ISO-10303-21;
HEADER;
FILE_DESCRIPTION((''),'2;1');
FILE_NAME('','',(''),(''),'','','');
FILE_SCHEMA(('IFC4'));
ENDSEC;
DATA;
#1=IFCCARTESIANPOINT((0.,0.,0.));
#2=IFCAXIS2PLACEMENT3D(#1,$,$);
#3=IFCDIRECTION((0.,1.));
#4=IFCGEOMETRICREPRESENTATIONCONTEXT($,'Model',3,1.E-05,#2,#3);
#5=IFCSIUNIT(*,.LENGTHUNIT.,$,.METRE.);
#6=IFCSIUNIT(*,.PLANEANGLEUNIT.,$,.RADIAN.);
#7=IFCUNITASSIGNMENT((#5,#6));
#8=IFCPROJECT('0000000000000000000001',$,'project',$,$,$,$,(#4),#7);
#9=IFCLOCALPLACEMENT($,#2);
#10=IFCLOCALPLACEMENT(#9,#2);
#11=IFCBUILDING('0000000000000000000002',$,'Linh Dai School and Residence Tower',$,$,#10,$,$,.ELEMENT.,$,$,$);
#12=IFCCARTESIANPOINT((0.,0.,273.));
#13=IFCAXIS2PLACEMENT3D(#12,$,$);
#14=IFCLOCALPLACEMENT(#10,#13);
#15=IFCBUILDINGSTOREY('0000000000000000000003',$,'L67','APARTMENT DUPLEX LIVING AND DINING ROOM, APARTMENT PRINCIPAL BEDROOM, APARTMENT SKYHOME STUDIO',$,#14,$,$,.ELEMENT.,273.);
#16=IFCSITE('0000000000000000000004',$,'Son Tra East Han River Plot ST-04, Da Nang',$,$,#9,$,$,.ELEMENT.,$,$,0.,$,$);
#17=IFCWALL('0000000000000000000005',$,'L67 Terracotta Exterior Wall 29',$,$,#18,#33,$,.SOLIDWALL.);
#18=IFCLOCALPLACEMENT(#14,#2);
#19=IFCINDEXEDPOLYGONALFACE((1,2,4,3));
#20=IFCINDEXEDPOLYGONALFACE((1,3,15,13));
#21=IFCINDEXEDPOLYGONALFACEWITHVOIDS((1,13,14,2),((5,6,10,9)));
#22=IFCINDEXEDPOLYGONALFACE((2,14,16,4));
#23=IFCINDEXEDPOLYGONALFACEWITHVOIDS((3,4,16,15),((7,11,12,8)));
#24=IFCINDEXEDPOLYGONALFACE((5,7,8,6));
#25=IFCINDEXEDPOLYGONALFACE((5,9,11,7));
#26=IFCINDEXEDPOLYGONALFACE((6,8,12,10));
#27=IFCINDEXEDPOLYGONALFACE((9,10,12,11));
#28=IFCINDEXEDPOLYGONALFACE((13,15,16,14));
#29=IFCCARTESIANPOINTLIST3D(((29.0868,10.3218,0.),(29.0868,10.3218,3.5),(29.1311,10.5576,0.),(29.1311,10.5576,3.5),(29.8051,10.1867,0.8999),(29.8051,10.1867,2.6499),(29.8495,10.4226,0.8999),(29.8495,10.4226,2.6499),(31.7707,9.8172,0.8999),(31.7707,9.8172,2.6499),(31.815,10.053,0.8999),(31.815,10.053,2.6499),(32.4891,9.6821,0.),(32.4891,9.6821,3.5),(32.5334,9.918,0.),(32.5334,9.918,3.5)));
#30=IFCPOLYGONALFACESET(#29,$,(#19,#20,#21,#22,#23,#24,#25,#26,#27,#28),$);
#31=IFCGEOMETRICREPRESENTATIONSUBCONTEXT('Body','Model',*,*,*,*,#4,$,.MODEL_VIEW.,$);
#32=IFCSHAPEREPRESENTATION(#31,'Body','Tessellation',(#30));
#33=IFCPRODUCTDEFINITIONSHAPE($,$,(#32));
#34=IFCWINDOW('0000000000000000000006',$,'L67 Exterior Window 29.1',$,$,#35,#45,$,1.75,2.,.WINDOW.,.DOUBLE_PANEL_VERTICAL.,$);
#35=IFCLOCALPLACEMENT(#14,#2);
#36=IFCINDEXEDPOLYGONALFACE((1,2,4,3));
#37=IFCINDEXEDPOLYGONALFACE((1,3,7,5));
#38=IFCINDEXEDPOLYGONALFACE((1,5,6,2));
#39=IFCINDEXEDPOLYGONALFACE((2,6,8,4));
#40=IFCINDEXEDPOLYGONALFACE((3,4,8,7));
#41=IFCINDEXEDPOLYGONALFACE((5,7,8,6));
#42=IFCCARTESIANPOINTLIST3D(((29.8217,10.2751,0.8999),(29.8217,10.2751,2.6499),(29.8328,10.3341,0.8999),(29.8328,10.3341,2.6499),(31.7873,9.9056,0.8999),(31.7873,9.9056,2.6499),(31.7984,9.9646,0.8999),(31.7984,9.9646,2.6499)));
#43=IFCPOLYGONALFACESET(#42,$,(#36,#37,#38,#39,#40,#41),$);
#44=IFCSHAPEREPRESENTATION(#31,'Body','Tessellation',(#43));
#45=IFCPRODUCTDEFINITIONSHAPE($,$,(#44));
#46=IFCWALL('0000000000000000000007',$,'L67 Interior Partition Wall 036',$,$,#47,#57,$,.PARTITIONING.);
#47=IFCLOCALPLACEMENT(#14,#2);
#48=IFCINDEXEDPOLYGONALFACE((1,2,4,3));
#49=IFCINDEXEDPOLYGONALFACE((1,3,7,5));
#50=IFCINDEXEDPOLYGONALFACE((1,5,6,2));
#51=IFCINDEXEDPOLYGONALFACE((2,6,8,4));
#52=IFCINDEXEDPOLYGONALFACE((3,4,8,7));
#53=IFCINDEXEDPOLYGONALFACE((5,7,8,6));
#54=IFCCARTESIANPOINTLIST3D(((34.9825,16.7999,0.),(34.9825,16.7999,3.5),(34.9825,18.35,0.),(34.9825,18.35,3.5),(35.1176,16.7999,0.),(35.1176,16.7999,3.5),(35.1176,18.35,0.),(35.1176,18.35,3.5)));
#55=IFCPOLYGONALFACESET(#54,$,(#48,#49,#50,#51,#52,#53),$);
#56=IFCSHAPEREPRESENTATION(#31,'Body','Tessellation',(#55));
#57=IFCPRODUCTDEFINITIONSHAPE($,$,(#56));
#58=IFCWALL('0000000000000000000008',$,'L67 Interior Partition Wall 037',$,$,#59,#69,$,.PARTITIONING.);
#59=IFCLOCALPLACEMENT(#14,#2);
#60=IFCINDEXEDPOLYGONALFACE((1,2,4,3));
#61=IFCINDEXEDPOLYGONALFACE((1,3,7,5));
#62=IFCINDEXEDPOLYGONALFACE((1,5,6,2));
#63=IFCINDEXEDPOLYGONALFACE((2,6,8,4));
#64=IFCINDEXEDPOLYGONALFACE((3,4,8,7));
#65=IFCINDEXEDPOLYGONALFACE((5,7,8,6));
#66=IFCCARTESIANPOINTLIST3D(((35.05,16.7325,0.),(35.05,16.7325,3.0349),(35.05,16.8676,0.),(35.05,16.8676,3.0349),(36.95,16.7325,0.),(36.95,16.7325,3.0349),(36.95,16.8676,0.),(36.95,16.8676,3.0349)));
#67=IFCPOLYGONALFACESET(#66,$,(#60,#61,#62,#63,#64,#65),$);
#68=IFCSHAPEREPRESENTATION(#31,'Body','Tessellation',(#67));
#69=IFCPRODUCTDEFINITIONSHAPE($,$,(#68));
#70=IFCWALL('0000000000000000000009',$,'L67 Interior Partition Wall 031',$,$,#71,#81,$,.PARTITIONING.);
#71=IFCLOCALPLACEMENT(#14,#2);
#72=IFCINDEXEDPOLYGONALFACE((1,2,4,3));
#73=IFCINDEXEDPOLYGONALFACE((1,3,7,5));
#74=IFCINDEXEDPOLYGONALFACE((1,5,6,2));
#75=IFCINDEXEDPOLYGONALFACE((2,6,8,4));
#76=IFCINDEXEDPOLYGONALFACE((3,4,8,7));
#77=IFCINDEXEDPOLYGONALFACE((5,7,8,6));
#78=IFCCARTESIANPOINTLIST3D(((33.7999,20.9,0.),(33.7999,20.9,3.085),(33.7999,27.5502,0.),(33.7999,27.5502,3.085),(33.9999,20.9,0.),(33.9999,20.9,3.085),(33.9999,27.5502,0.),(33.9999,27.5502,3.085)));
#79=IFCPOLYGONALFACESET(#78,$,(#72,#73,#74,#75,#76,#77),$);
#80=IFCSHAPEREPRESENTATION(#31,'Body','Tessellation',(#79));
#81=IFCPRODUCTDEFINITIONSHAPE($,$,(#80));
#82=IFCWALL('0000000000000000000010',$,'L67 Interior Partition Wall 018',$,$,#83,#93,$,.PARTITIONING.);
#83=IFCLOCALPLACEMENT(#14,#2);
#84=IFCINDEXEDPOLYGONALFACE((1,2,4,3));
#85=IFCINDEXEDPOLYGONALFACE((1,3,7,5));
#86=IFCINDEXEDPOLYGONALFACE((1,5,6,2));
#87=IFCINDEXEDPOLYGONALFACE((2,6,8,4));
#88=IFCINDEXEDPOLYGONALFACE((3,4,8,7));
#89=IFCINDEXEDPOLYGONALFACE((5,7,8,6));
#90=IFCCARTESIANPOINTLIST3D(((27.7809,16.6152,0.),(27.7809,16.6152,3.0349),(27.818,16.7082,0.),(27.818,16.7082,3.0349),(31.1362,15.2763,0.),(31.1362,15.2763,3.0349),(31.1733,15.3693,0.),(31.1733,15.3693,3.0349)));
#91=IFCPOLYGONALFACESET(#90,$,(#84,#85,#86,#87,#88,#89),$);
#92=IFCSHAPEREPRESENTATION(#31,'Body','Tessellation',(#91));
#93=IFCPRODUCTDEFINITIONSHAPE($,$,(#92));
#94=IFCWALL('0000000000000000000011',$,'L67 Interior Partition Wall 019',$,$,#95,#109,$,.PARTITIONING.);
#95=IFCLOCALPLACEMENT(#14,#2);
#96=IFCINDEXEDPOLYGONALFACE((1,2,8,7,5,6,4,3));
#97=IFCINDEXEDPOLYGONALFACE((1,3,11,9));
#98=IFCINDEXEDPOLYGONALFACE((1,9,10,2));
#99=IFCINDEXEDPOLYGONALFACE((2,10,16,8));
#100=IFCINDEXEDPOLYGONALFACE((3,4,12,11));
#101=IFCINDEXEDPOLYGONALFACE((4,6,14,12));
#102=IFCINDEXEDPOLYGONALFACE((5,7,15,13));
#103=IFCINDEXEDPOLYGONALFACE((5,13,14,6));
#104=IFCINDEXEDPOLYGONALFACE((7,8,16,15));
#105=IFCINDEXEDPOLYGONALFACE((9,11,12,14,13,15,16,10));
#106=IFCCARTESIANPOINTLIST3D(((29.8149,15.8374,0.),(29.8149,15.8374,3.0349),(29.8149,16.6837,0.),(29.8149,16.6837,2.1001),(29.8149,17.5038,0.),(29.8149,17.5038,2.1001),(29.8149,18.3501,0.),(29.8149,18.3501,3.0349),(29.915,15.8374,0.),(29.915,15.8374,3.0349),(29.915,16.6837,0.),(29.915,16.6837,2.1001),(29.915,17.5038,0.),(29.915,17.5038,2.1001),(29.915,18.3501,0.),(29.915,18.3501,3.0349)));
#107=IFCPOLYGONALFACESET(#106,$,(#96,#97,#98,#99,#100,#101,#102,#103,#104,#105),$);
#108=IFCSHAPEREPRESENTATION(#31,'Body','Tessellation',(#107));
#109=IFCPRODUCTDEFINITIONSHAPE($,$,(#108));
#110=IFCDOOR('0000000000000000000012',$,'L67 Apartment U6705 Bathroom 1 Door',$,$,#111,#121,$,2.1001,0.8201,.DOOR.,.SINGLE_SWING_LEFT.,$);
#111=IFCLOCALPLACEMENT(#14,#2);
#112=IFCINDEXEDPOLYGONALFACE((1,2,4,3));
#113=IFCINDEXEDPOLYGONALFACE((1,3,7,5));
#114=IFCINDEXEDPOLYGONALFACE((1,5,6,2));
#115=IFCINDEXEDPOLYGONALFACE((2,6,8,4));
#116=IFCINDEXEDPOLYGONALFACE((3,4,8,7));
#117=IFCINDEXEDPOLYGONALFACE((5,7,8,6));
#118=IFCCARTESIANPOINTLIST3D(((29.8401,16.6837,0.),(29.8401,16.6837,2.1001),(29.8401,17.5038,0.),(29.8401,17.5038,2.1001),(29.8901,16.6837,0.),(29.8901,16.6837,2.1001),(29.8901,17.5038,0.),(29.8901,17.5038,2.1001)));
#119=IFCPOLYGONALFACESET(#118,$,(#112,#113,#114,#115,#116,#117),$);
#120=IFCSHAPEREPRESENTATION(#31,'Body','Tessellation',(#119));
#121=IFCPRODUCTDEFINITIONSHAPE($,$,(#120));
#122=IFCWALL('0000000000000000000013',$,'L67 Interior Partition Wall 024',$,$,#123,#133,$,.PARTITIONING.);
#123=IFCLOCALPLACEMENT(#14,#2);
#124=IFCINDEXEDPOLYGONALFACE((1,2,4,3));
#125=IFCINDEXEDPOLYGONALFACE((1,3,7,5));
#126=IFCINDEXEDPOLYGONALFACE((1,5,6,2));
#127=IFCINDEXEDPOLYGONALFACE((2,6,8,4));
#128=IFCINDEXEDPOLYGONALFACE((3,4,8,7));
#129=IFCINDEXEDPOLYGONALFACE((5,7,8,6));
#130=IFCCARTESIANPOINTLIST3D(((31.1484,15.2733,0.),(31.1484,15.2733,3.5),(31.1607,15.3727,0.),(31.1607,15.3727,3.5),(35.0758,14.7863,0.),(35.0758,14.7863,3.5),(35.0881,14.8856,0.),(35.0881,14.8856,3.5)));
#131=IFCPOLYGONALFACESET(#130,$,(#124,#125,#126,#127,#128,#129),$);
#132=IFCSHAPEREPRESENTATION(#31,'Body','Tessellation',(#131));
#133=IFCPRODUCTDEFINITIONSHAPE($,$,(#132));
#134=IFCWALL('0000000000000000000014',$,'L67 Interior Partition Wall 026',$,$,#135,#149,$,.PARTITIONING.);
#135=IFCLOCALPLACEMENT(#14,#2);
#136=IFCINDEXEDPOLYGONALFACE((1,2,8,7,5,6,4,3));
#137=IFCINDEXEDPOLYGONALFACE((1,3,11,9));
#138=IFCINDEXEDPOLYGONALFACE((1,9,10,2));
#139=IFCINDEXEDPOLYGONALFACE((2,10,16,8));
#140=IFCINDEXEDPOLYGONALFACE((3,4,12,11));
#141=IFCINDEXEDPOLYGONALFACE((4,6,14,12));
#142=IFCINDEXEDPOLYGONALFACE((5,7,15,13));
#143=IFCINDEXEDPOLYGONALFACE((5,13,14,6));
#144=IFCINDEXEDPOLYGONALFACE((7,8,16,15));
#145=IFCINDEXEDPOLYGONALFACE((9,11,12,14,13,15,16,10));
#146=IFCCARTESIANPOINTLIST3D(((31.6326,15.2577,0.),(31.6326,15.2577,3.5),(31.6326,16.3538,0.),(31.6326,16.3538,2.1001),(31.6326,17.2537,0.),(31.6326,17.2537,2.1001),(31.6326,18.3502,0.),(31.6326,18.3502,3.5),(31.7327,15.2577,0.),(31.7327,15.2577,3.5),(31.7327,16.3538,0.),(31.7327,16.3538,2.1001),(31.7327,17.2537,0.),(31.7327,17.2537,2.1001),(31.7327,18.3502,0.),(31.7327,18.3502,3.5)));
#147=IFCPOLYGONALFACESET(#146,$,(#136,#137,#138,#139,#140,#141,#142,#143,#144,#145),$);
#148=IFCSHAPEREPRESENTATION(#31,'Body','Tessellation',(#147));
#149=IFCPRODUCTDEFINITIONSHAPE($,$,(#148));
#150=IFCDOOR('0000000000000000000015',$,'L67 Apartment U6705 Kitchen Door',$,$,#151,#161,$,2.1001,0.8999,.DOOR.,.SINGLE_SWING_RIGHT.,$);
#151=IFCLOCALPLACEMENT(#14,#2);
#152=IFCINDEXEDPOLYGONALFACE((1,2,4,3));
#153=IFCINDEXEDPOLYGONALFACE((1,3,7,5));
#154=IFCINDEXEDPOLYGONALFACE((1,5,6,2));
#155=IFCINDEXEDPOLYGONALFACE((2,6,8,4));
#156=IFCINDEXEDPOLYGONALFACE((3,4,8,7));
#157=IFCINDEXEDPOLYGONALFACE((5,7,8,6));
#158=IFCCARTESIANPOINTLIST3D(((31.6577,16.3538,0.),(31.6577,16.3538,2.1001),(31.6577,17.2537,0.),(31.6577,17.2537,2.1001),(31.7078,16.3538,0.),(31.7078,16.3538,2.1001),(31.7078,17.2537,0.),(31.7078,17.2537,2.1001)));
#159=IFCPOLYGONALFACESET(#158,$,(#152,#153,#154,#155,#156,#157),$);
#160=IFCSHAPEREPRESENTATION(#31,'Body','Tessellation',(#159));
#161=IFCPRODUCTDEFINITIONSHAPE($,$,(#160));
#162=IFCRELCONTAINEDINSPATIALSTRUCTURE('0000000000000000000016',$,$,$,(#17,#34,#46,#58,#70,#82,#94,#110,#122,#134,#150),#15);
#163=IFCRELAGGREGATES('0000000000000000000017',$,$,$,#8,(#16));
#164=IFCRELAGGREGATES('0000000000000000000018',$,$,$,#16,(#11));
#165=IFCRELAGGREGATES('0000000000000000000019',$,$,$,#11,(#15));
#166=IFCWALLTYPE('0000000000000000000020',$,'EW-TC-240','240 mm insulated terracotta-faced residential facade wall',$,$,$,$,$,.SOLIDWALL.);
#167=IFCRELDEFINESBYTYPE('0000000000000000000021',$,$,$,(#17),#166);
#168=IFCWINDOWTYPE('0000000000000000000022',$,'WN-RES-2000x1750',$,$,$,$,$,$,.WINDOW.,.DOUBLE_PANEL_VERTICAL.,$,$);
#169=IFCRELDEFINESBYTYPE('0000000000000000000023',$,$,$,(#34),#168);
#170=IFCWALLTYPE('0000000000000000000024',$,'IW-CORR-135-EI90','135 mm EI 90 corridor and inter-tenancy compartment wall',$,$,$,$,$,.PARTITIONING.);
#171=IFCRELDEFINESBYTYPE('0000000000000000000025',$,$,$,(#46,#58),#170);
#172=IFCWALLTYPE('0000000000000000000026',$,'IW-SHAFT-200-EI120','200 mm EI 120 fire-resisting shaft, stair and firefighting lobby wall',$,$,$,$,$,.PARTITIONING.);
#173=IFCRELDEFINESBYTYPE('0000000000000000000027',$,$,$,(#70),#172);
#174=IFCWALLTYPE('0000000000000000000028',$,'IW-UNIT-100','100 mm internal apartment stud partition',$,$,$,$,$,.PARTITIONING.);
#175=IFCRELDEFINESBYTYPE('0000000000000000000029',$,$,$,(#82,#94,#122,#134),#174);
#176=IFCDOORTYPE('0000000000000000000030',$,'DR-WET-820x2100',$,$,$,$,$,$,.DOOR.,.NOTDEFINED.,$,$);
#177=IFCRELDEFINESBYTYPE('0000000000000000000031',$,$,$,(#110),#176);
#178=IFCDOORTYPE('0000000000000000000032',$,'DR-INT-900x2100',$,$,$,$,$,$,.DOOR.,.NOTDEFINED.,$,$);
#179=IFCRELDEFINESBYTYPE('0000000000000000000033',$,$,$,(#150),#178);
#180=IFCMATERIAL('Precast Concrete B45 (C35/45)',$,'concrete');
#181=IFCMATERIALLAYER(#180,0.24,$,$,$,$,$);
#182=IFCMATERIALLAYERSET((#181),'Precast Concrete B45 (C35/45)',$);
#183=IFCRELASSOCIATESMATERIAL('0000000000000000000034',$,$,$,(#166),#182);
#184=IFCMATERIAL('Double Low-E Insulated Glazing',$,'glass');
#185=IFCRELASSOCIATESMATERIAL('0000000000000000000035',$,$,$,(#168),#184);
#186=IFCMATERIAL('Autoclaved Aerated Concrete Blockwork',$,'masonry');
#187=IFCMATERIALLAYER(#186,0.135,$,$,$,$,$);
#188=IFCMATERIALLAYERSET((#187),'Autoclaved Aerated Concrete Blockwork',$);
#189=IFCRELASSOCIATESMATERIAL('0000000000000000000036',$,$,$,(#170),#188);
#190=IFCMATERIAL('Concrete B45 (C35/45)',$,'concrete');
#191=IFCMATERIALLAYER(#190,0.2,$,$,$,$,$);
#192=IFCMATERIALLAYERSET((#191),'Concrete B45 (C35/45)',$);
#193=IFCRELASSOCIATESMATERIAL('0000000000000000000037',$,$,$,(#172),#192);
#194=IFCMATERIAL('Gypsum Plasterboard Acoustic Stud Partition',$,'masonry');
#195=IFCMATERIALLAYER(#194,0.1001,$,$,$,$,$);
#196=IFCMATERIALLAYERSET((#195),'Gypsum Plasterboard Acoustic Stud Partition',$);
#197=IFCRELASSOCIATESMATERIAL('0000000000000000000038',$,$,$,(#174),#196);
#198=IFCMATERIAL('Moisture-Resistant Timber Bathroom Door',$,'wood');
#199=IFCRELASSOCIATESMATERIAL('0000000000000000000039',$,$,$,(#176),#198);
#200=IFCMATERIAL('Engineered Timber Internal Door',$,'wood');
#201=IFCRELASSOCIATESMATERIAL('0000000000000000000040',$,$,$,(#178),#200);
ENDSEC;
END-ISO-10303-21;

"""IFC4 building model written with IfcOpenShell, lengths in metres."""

from ifc_helpers import new_model, si_unit, direction, frame, frame_2d, origin, origin_2d, place, context, subcontext, project, spatial, rectangle, extrude, source, transform, mapped, material, layer, layer_set, type_object, element, fill, save


model = new_model("IFC4")

# Units and contexts
model_context = context("Model", 3, precision=1e-05, world=origin(), true_north=direction((0.0, 1.0)))
body_context = subcontext(model_context, "Body", "Model", "MODEL_VIEW")
ifc_project = project(units=[si_unit("LENGTHUNIT", "METRE"), si_unit("PLANEANGLEUNIT", "RADIAN")], contexts=[model_context])

# Site, building, storey
site_placement = place(None, origin())
site = spatial("IfcSite", under=ifc_project, at=site_placement, Name="Son Tra East Han River Plot ST-04, Da Nang", CompositionType="ELEMENT", RefElevation=0.0)
building_placement = place(site_placement, origin())
building = spatial("IfcBuilding", under=site, at=building_placement, Name="Linh Dai School and Residence Tower", CompositionType="ELEMENT")
storey_placement = place(building_placement, frame((0.0, 0.0, 273.0)))
storey = spatial("IfcBuildingStorey", under=building, at=storey_placement, Name="L67", Description="APARTMENT DUPLEX LIVING AND DINING ROOM, APARTMENT PRINCIPAL BEDROOM, APARTMENT SKYHOME STUDIO", CompositionType="ELEMENT", Elevation=273.0)

# Shared definitions
ifc_material_1 = material(Name="Precast Concrete B45 (C35/45)", Category="concrete")

# Wall, opening, window
ifc_layer_1 = layer(ifc_material_1, 0.24)
ifc_layer_set_1 = layer_set([ifc_layer_1], Name="Precast Concrete B45 (C35/45)")
wall_type_1 = type_object("IfcWallType", Name="EW-TC-240", Description="240 mm insulated terracotta-faced residential facade wall", PredefinedType="SOLIDWALL", material=ifc_layer_set_1)
ifc_material_2 = material(Name="Double Low-E Insulated Glazing", Category="glass")
wall_1_placement = place(storey_placement, frame((32.5112, 9.8, 0.0), z_axis=(0.0, 0.0, 1.0), x_axis=(-0.982783, 0.184765, 0.0)))
wall_1 = element("IfcWall", 1, at=wall_1_placement, inside=storey, type_object=wall_type_1, Name="L67 Terracotta Exterior Wall 29", PredefinedType="SOLIDWALL", context=body_context, shape_type="SweptSolid", body=[
    extrude(rectangle(XDim=3.4619, YDim=0.24, at=frame_2d((1.731, 0.0))), origin(), (0.0, 0.0, 1.0), 3.5),
])
opening_1_placement = place(wall_1_placement, frame((0.731, 0.0, 0.8999)))
opening_1 = element("IfcOpeningElement", 2, at=opening_1_placement, cuts=wall_1, PredefinedType="OPENING", context=body_context, shape_type="SweptSolid", body=[
    extrude(rectangle(XDim=2.0, YDim=1.75, at=origin_2d()), frame((1.0, 0.1299, 0.875), z_axis=(0.0, -1.0, 0.0), x_axis=(1.0, 0.0, 0.0)), (0.0, 0.0, 1.0), 0.26),
])
window_type_1 = type_object("IfcWindowType", Name="WN-RES-2000x1750", PartitioningType="DOUBLE_PANEL_VERTICAL", PredefinedType="WINDOW", material=ifc_material_2)
shared_shape_1 = source(origin(), body_context, "Body", "SweptSolid", [
    extrude(rectangle(XDim=2.0, YDim=1.75, at=origin_2d()), frame((1.0, 0.03, 0.875), z_axis=(0.0, -1.0, 0.0), x_axis=(1.0, 0.0, 0.0)), (0.0, 0.0, 1.0), 0.0601),
])
window_1_placement = place(opening_1_placement, origin())
window_1 = element("IfcWindow", 3, at=window_1_placement, inside=storey, type_object=window_type_1, Name="L67 Exterior Window 29.1", OverallHeight=1.75, OverallWidth=2.0, PartitioningType="DOUBLE_PANEL_VERTICAL", PredefinedType="WINDOW", context=body_context, shape_type="MappedRepresentation", body=[
    mapped(shared_shape_1, transform((0.0, 0.0, 0.0), x_axis=(1.0, 0.0, 0.0), y_axis=(0.0, 1.0, 0.0), z_axis=(0.0, 0.0, 1.0), scale=1.0)),
])
fill(opening_1, window_1)

# Walls
ifc_material_3 = material(Name="Autoclaved Aerated Concrete Blockwork", Category="masonry")
ifc_layer_2 = layer(ifc_material_3, 0.135)
ifc_layer_set_2 = layer_set([ifc_layer_2], Name="Autoclaved Aerated Concrete Blockwork")
wall_type_2 = type_object("IfcWallType", Name="IW-CORR-135-EI90", Description="135 mm EI 90 corridor and inter-tenancy compartment wall", PredefinedType="PARTITIONING", material=ifc_layer_set_2)
wall_2_placement = place(storey_placement, frame((35.05, 16.8, 0.0), z_axis=(0.0, 0.0, 1.0), x_axis=(0.0, 1.0, 0.0)))
element("IfcWall", 4, at=wall_2_placement, inside=storey, type_object=wall_type_2, Name="L67 Interior Partition Wall 036", PredefinedType="PARTITIONING", context=body_context, shape_type="SweptSolid", body=[
    extrude(rectangle(XDim=1.55, YDim=0.135, at=frame_2d((0.7749, 0.0))), origin(), (0.0, 0.0, 1.0), 3.5),
])
wall_3_placement = place(storey_placement, frame((35.05, 16.8, 0.0), z_axis=(0.0, 0.0, 1.0), x_axis=(1.0, 0.0, 0.0)))
element("IfcWall", 5, at=wall_3_placement, inside=storey, type_object=wall_type_2, Name="L67 Interior Partition Wall 037", PredefinedType="PARTITIONING", context=body_context, shape_type="SweptSolid", body=[
    extrude(rectangle(XDim=1.8999, YDim=0.135, at=frame_2d((0.95, 0.0))), origin(), (0.0, 0.0, 1.0), 3.0349),
])

# Walls
ifc_material_4 = material(Name="Concrete B45 (C35/45)", Category="concrete")
ifc_layer_3 = layer(ifc_material_4, 0.2)
ifc_layer_set_3 = layer_set([ifc_layer_3], Name="Concrete B45 (C35/45)")
wall_type_3 = type_object("IfcWallType", Name="IW-SHAFT-200-EI120", Description="200 mm EI 120 fire-resisting shaft, stair and firefighting lobby wall", PredefinedType="PARTITIONING", material=ifc_layer_set_3)
wall_4_placement = place(storey_placement, frame((33.8999, 20.8999, 0.0), z_axis=(0.0, 0.0, 1.0), x_axis=(0.0, 1.0, 0.0)))
element("IfcWall", 6, at=wall_4_placement, inside=storey, type_object=wall_type_3, Name="L67 Interior Partition Wall 031", PredefinedType="PARTITIONING", context=body_context, shape_type="SweptSolid", body=[
    extrude(rectangle(XDim=6.6501, YDim=0.2, at=frame_2d((3.3252, 0.0))), origin(), (0.0, 0.0, 1.0), 3.085),
])
ifc_material_5 = material(Name="Gypsum Plasterboard Acoustic Stud Partition", Category="masonry")
ifc_layer_4 = layer(ifc_material_5, 0.1001)
ifc_layer_set_4 = layer_set([ifc_layer_4], Name="Gypsum Plasterboard Acoustic Stud Partition")
wall_type_4 = type_object("IfcWallType", Name="IW-UNIT-100", Description="100 mm internal apartment stud partition", PredefinedType="PARTITIONING", material=ifc_layer_set_4)
wall_5_placement = place(storey_placement, frame((27.7996, 16.6616, 0.0), z_axis=(0.0, 0.0, 1.0), x_axis=(0.928784, -0.370622, 0.0)))
element("IfcWall", 7, at=wall_5_placement, inside=storey, type_object=wall_type_4, Name="L67 Interior Partition Wall 018", PredefinedType="PARTITIONING", context=body_context, shape_type="SweptSolid", body=[
    extrude(rectangle(XDim=3.6125, YDim=0.1001, at=frame_2d((1.8062, 0.0))), origin(), (0.0, 0.0, 1.0), 3.0349),
])

# Wall, opening, door
wall_6_placement = place(storey_placement, frame((29.865, 15.8374, 0.0), z_axis=(0.0, 0.0, 1.0), x_axis=(0.0, 1.0, 0.0)))
wall_6 = element("IfcWall", 8, at=wall_6_placement, inside=storey, type_object=wall_type_4, Name="L67 Interior Partition Wall 019", PredefinedType="PARTITIONING", context=body_context, shape_type="SweptSolid", body=[
    extrude(rectangle(XDim=2.5127, YDim=0.1001, at=frame_2d((1.2563, 0.0))), origin(), (0.0, 0.0, 1.0), 3.0349),
])
opening_2_placement = place(wall_6_placement, frame((0.8462, 0.0, 0.0)))
opening_2 = element("IfcOpeningElement", 9, at=opening_2_placement, cuts=wall_6, PredefinedType="OPENING", context=body_context, shape_type="SweptSolid", body=[
    extrude(rectangle(XDim=0.8201, YDim=2.1001, at=origin_2d()), frame((0.4102, 0.0601, 1.05), z_axis=(0.0, -1.0, 0.0), x_axis=(1.0, 0.0, 0.0)), (0.0, 0.0, 1.0), 0.1201),
])
ifc_material_6 = material(Name="Moisture-Resistant Timber Bathroom Door", Category="wood")
door_type_1 = type_object("IfcDoorType", Name="DR-WET-820x2100", OperationType="NOTDEFINED", PredefinedType="DOOR", material=ifc_material_6)
shared_shape_2 = source(origin(), body_context, "Body", "SweptSolid", [
    extrude(rectangle(XDim=0.8201, YDim=2.1001, at=origin_2d()), frame((0.4102, 0.0249, 1.05), z_axis=(0.0, -1.0, 0.0), x_axis=(1.0, 0.0, 0.0)), (0.0, 0.0, 1.0), 0.05),
])
door_1_placement = place(opening_2_placement, origin())
door_1 = element("IfcDoor", 10, at=door_1_placement, inside=storey, type_object=door_type_1, Name="L67 Apartment U6705 Bathroom 1 Door", OperationType="SINGLE_SWING_LEFT", OverallHeight=2.1001, OverallWidth=0.8201, PredefinedType="DOOR", context=body_context, shape_type="MappedRepresentation", body=[
    mapped(shared_shape_2, transform((0.0, 0.0, 0.0), x_axis=(1.0, 0.0, 0.0), y_axis=(0.0, 1.0, 0.0), z_axis=(0.0, 0.0, 1.0), scale=1.0)),
])
fill(opening_2, door_1)

# Wall
wall_7_placement = place(storey_placement, frame((31.1545, 15.323, 0.0), z_axis=(0.0, 0.0, 1.0), x_axis=(0.992398, -0.12307, 0.0)))
element("IfcWall", 11, at=wall_7_placement, inside=storey, type_object=wall_type_4, Name="L67 Interior Partition Wall 024", PredefinedType="PARTITIONING", context=body_context, shape_type="SweptSolid", body=[
    extrude(rectangle(XDim=3.9575, YDim=0.1001, at=frame_2d((1.9788, 0.0))), origin(), (0.0, 0.0, 1.0), 3.5),
])

# Wall, opening, door
wall_8_placement = place(storey_placement, frame((31.6826, 15.2576, 0.0), z_axis=(0.0, 0.0, 1.0), x_axis=(0.0, 1.0, 0.0)))
wall_8 = element("IfcWall", 12, at=wall_8_placement, inside=storey, type_object=wall_type_4, Name="L67 Interior Partition Wall 026", PredefinedType="PARTITIONING", context=body_context, shape_type="SweptSolid", body=[
    extrude(rectangle(XDim=3.0925, YDim=0.1001, at=frame_2d((1.5464, 0.0))), origin(), (0.0, 0.0, 1.0), 3.5),
])
opening_3_placement = place(wall_8_placement, frame((1.0962, 0.0, 0.0)))
opening_3 = element("IfcOpeningElement", 13, at=opening_3_placement, cuts=wall_8, PredefinedType="OPENING", context=body_context, shape_type="SweptSolid", body=[
    extrude(rectangle(XDim=0.8999, YDim=2.1001, at=origin_2d()), frame((0.45, 0.0601, 1.05), z_axis=(0.0, -1.0, 0.0), x_axis=(1.0, 0.0, 0.0)), (0.0, 0.0, 1.0), 0.1201),
])
ifc_material_7 = material(Name="Engineered Timber Internal Door", Category="wood")
door_type_2 = type_object("IfcDoorType", Name="DR-INT-900x2100", OperationType="NOTDEFINED", PredefinedType="DOOR", material=ifc_material_7)
shared_shape_3 = source(origin(), body_context, "Body", "SweptSolid", [
    extrude(rectangle(XDim=0.8999, YDim=2.1001, at=origin_2d()), frame((0.45, 0.0249, 1.05), z_axis=(0.0, -1.0, 0.0), x_axis=(1.0, 0.0, 0.0)), (0.0, 0.0, 1.0), 0.05),
])
door_2_placement = place(opening_3_placement, origin())
door_2 = element("IfcDoor", 14, at=door_2_placement, inside=storey, type_object=door_type_2, Name="L67 Apartment U6705 Kitchen Door", OperationType="SINGLE_SWING_RIGHT", OverallHeight=2.1001, OverallWidth=0.8999, PredefinedType="DOOR", context=body_context, shape_type="MappedRepresentation", body=[
    mapped(shared_shape_3, transform((0.0, 0.0, 0.0), x_axis=(1.0, 0.0, 0.0), y_axis=(0.0, 1.0, 0.0), z_axis=(0.0, 0.0, 1.0), scale=1.0)),
])
fill(opening_3, door_2)

save(model, "model.ifc")
